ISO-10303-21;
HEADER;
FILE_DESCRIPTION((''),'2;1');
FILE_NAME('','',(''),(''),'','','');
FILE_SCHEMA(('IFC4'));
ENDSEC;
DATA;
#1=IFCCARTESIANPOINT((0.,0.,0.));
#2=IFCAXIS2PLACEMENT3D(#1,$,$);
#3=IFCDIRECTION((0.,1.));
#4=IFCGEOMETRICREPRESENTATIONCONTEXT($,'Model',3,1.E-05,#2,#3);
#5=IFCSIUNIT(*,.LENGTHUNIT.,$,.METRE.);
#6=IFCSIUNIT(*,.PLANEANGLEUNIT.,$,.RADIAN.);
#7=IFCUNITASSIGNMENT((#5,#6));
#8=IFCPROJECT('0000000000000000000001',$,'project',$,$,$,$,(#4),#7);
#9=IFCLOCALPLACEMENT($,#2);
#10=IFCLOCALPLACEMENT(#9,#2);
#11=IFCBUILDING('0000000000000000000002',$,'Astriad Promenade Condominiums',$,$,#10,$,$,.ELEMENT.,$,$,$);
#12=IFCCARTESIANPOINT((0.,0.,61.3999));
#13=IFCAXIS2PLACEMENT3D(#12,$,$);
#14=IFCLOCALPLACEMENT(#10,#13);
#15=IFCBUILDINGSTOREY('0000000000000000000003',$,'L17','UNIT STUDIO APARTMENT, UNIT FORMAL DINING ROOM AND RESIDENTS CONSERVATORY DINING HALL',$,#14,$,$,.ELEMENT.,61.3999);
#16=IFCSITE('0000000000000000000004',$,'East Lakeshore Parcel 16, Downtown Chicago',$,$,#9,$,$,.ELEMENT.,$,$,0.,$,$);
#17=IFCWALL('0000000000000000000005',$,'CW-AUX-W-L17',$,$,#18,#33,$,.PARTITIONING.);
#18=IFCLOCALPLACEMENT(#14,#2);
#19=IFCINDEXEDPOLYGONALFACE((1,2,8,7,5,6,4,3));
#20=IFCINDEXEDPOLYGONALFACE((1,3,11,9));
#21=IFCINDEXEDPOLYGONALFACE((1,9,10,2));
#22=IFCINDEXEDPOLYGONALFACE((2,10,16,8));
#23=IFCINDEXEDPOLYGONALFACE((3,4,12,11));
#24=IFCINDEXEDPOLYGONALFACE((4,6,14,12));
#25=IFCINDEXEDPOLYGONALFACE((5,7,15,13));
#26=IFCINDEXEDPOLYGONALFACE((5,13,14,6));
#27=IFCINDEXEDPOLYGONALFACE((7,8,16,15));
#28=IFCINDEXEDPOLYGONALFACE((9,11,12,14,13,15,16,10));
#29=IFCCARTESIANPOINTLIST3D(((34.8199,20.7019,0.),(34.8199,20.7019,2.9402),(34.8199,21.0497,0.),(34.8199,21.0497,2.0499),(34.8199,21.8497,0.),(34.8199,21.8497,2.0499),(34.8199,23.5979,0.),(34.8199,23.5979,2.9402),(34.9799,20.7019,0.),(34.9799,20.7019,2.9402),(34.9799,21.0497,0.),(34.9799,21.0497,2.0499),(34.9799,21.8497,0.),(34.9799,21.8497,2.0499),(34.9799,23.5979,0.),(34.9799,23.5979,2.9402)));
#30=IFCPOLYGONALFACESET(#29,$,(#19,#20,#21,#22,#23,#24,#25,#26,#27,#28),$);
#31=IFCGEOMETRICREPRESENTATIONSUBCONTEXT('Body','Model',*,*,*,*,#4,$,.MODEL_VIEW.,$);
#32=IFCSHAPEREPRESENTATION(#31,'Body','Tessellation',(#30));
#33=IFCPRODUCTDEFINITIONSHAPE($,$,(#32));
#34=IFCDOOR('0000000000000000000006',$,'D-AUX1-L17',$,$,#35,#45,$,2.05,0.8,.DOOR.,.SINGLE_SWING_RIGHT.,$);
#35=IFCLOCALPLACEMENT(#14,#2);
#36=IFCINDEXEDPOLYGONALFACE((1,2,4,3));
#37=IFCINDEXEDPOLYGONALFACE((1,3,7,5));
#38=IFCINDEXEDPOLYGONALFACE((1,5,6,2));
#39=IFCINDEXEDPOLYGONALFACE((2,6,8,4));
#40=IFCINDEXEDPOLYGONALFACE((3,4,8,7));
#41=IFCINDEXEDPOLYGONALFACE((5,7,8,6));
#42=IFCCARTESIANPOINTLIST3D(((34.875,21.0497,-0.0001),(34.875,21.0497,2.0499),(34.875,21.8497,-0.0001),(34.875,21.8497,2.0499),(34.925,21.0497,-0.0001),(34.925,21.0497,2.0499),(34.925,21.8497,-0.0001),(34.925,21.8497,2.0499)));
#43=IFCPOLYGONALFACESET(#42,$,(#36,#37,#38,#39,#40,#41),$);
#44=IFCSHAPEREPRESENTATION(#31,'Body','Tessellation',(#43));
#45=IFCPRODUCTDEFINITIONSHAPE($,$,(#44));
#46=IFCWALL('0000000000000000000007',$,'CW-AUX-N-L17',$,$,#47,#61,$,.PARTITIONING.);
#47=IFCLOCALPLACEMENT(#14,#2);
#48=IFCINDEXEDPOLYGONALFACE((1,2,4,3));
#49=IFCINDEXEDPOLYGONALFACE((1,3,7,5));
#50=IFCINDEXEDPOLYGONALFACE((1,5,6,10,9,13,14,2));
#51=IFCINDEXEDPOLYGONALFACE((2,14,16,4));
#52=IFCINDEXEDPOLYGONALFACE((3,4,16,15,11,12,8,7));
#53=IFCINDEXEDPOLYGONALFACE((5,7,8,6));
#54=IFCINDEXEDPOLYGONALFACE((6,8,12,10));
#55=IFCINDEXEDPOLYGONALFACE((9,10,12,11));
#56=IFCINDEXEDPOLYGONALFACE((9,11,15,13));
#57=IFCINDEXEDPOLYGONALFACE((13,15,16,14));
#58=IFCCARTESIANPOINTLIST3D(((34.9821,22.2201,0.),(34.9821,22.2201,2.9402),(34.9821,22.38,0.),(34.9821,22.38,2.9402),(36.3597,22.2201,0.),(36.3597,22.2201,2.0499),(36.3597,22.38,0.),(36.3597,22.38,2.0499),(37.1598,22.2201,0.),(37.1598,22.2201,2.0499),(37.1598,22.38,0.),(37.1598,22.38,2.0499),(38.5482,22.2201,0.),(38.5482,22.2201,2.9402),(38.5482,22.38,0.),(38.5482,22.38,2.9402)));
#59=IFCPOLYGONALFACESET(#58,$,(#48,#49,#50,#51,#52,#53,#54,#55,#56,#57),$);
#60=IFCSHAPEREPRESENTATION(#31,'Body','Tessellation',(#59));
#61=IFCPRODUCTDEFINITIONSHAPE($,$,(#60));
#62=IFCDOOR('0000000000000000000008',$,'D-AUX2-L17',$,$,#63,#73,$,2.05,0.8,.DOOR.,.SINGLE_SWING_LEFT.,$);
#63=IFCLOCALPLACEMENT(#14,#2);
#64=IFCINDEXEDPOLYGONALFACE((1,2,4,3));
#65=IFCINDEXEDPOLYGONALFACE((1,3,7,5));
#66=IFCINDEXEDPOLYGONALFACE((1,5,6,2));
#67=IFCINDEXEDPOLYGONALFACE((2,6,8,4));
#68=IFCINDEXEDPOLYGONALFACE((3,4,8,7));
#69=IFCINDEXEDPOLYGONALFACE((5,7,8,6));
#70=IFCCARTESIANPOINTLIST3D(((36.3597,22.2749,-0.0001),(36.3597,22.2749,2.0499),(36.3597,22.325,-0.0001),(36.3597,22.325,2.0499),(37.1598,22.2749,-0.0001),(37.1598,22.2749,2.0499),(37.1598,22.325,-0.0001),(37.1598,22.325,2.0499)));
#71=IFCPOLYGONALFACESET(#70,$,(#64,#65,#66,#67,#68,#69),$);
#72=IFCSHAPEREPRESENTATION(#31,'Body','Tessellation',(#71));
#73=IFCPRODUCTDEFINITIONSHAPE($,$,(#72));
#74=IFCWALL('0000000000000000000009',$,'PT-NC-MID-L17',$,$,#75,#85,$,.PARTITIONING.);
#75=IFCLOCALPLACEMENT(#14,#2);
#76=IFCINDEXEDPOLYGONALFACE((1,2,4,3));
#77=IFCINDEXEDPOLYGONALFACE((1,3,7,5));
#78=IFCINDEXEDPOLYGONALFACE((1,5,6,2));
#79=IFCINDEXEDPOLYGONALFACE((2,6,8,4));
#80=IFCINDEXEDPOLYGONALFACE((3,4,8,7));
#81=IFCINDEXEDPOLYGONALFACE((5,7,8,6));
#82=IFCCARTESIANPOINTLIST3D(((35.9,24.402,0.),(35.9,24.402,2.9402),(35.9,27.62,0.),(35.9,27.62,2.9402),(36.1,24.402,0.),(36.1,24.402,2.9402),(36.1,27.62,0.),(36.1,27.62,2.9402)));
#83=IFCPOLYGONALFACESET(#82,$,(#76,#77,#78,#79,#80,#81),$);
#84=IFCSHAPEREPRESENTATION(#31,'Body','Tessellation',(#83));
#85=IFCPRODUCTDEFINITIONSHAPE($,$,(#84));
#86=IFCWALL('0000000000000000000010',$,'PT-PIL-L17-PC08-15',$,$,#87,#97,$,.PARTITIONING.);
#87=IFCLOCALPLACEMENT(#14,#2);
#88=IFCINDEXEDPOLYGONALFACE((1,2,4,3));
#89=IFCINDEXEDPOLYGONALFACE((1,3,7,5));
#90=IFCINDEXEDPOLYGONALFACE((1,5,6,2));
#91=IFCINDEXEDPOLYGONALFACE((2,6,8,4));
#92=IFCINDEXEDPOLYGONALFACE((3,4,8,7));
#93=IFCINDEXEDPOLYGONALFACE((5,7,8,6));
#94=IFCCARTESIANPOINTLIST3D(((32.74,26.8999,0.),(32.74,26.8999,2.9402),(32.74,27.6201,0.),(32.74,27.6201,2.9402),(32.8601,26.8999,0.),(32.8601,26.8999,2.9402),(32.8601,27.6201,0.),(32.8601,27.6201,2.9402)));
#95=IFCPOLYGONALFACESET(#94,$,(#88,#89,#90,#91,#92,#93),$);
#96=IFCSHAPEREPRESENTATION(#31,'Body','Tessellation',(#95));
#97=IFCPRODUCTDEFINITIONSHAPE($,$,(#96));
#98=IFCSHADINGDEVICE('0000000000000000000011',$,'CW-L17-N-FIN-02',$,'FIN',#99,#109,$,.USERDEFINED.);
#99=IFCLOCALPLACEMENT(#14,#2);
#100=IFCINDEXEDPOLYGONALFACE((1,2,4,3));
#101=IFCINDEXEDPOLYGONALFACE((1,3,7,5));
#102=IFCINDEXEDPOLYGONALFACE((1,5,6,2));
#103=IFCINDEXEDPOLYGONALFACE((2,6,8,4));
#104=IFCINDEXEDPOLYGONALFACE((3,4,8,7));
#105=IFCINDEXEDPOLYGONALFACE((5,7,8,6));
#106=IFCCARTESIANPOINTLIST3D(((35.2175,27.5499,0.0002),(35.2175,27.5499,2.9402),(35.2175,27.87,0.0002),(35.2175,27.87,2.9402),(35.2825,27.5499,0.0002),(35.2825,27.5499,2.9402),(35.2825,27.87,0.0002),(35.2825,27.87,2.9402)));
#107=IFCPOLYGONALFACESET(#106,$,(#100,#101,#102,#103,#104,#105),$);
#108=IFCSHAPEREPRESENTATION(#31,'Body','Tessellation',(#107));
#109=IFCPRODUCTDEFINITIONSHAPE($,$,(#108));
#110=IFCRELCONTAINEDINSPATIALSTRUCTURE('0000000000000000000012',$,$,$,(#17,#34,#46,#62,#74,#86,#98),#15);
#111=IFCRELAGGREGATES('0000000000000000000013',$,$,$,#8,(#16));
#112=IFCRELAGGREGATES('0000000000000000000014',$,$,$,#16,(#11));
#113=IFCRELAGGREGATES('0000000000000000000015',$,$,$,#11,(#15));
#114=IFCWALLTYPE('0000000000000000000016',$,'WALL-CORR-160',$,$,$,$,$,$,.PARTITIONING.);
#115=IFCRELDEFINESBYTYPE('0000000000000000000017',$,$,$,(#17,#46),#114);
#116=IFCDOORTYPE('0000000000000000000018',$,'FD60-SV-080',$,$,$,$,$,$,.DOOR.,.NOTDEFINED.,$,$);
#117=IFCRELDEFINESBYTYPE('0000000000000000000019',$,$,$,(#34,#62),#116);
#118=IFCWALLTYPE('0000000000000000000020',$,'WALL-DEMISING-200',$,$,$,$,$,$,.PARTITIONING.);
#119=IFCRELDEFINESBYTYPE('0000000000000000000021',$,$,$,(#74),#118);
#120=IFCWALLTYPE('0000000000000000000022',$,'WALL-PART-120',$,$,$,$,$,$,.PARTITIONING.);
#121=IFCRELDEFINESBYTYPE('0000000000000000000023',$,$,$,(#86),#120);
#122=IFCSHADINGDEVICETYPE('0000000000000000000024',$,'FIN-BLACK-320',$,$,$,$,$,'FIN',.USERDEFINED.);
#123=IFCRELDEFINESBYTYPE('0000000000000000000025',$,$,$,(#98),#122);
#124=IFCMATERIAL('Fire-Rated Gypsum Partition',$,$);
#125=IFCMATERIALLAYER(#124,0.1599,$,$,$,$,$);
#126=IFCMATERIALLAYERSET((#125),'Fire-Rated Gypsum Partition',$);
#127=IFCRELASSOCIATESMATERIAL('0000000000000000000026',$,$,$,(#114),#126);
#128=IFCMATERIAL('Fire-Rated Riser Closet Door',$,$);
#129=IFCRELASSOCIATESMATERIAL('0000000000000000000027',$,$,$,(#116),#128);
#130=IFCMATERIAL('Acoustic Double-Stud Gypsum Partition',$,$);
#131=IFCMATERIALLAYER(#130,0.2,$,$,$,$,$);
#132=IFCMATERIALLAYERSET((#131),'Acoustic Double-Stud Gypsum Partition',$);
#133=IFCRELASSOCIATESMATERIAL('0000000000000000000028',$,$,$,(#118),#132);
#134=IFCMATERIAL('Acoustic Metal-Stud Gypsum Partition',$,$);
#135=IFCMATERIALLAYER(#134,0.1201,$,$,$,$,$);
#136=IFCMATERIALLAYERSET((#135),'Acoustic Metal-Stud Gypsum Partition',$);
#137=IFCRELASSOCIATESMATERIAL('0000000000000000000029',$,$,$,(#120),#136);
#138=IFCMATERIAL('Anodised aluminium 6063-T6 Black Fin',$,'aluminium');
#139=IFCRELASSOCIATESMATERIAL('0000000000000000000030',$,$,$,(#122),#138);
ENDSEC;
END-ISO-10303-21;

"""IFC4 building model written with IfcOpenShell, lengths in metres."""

from ifc_helpers import new_model, si_unit, direction, frame, frame_2d, origin, origin_2d, place, context, subcontext, project, spatial, rectangle, extrude, source, transform, mapped, material, layer, layer_set, type_object, type_shapes, element, fill, save


model = new_model("IFC4")

# Units and contexts
model_context = context("Model", 3, precision=1e-05, world=origin(), true_north=direction((0.0, 1.0)))
body_context = subcontext(model_context, "Body", "Model", "MODEL_VIEW")
ifc_project = project(units=[si_unit("LENGTHUNIT", "METRE"), si_unit("PLANEANGLEUNIT", "RADIAN")], contexts=[model_context])

# Site, building, storey
site_placement = place(None, origin())
site = spatial("IfcSite", under=ifc_project, at=site_placement, Name="East Lakeshore Parcel 16, Downtown Chicago", CompositionType="ELEMENT", RefElevation=0.0)
building_placement = place(site_placement, origin())
building = spatial("IfcBuilding", under=site, at=building_placement, Name="Astriad Promenade Condominiums", CompositionType="ELEMENT")
storey_placement = place(building_placement, frame((0.0, 0.0, 61.3999)))
storey = spatial("IfcBuildingStorey", under=building, at=storey_placement, Name="L17", Description="UNIT STUDIO APARTMENT, UNIT FORMAL DINING ROOM AND RESIDENTS CONSERVATORY DINING HALL", CompositionType="ELEMENT", Elevation=61.3999)

# Shared definitions
ifc_material_1 = material(Name="Fire-Rated Gypsum Partition")
ifc_layer_1 = layer(ifc_material_1, 0.1599)
ifc_layer_set_1 = layer_set([ifc_layer_1], Name="Fire-Rated Gypsum Partition")
wall_type_1 = type_object("IfcWallType", Name="WALL-CORR-160", PredefinedType="PARTITIONING", material=ifc_layer_set_1)

# Walls, openings, doors
wall_1_placement = place(storey_placement, frame((34.8999, 20.7019, 0.0), z_axis=(0.0, 0.0, 1.0), x_axis=(0.0, 1.0, 0.0)))
wall_1 = element("IfcWall", 1, at=wall_1_placement, inside=storey, type_object=wall_type_1, Name="CW-AUX-W-L17", PredefinedType="PARTITIONING", context=body_context, shape_type="SweptSolid", body=[
    extrude(rectangle(XDim=2.896, YDim=0.1599, at=frame_2d((1.448, 0.0))), origin(), (0.0, 0.0, 1.0), 2.9402),
])
opening_1_placement = place(wall_1_placement, frame((0.3479, 0.0, 0.0)))
opening_1 = element("IfcOpeningElement", 2, at=opening_1_placement, cuts=wall_1, PredefinedType="OPENING", context=body_context, shape_type="SweptSolid", body=[
    extrude(rectangle(XDim=0.8, YDim=2.05, at=frame_2d((0.3999, 1.0249))), frame((0.0, 0.0898, 0.0), z_axis=(0.0, -1.0, 0.0), x_axis=(1.0, 0.0, 0.0)), (0.0, 0.0, 1.0), 0.1799),
])
ifc_material_2 = material(Name="Fire-Rated Riser Closet Door")
door_type_1 = type_object("IfcDoorType", Name="FD60-SV-080", OperationType="NOTDEFINED", PredefinedType="DOOR", material=ifc_material_2)
shared_shape_1 = source(origin(), body_context, "Body", "SweptSolid", [
    extrude(rectangle(XDim=0.8, YDim=2.05, at=frame_2d((0.3999, 1.0249))), frame((0.0, 0.0249, 0.0), z_axis=(0.0, -1.0, 0.0), x_axis=(1.0, 0.0, 0.0)), (0.0, 0.0, 1.0), 0.05),
])
type_shapes(door_type_1, [shared_shape_1])
door_1_placement = place(opening_1_placement, origin())
door_1 = element("IfcDoor", 3, at=door_1_placement, inside=storey, type_object=door_type_1, Name="D-AUX1-L17", OperationType="SINGLE_SWING_RIGHT", OverallHeight=2.05, OverallWidth=0.8, PredefinedType="DOOR", context=body_context, shape_type="MappedRepresentation", body=[
    mapped(shared_shape_1, transform((0.0, 0.0, 0.0), scale=1.0)),
])
fill(opening_1, door_1)
wall_2_placement = place(storey_placement, frame((34.9819, 22.3, 0.0), z_axis=(0.0, 0.0, 1.0), x_axis=(1.0, 0.0, 0.0)))
wall_2 = element("IfcWall", 4, at=wall_2_placement, inside=storey, type_object=wall_type_1, Name="CW-AUX-N-L17", PredefinedType="PARTITIONING", context=body_context, shape_type="SweptSolid", body=[
    extrude(rectangle(XDim=3.5662, YDim=0.1599, at=frame_2d((1.7832, 0.0))), origin(), (0.0, 0.0, 1.0), 2.9402),
])
opening_2_placement = place(wall_2_placement, frame((1.3779, 0.0, 0.0)))
opening_2 = element("IfcOpeningElement", 5, at=opening_2_placement, cuts=wall_2, PredefinedType="OPENING", context=body_context, shape_type="SweptSolid", body=[
    extrude(rectangle(XDim=0.8, YDim=2.05, at=frame_2d((0.3999, 1.0249))), frame((0.0, 0.0898, 0.0), z_axis=(0.0, -1.0, 0.0), x_axis=(1.0, 0.0, 0.0)), (0.0, 0.0, 1.0), 0.1799),
])
door_2_placement = place(opening_2_placement, origin())
door_2 = element("IfcDoor", 6, at=door_2_placement, inside=storey, type_object=door_type_1, Name="D-AUX2-L17", OperationType="SINGLE_SWING_LEFT", OverallHeight=2.05, OverallWidth=0.8, PredefinedType="DOOR", context=body_context, shape_type="MappedRepresentation", body=[
    mapped(shared_shape_1, transform((0.0, 0.0, 0.0), scale=1.0)),
])
fill(opening_2, door_2)

# Walls
ifc_material_3 = material(Name="Acoustic Double-Stud Gypsum Partition")
ifc_layer_2 = layer(ifc_material_3, 0.2)
ifc_layer_set_2 = layer_set([ifc_layer_2], Name="Acoustic Double-Stud Gypsum Partition")
wall_type_2 = type_object("IfcWallType", Name="WALL-DEMISING-200", PredefinedType="PARTITIONING", material=ifc_layer_set_2)
wall_3_placement = place(storey_placement, frame((36.0, 24.4021, 0.0), z_axis=(0.0, 0.0, 1.0), x_axis=(0.0, 1.0, 0.0)))
element("IfcWall", 7, at=wall_3_placement, inside=storey, type_object=wall_type_2, Name="PT-NC-MID-L17", PredefinedType="PARTITIONING", context=body_context, shape_type="SweptSolid", body=[
    extrude(rectangle(XDim=3.218, YDim=0.2, at=frame_2d((1.6089, 0.0))), origin(), (0.0, 0.0, 1.0), 2.9402),
])
ifc_material_4 = material(Name="Acoustic Metal-Stud Gypsum Partition")
ifc_layer_3 = layer(ifc_material_4, 0.1201)
ifc_layer_set_3 = layer_set([ifc_layer_3], Name="Acoustic Metal-Stud Gypsum Partition")
wall_type_3 = type_object("IfcWallType", Name="WALL-PART-120", PredefinedType="PARTITIONING", material=ifc_layer_set_3)
wall_4_placement = place(storey_placement, frame((32.8, 26.8999, 0.0), z_axis=(0.0, 0.0, 1.0), x_axis=(0.0, 1.0, 0.0)))
element("IfcWall", 8, at=wall_4_placement, inside=storey, type_object=wall_type_3, Name="PT-PIL-L17-PC08-15", PredefinedType="PARTITIONING", context=body_context, shape_type="SweptSolid", body=[
    extrude(rectangle(XDim=0.7202, YDim=0.1201, at=frame_2d((0.3601, 0.0))), origin(), (0.0, 0.0, 1.0), 2.9402),
])

# Shading device
ifc_material_5 = material(Name="Anodised aluminium 6063-T6 Black Fin", Category="aluminium")
shading_device_type = type_object("IfcShadingDeviceType", Name="FIN-BLACK-320", ElementType="FIN", PredefinedType="USERDEFINED", material=ifc_material_5)
shared_shape_2 = source(origin(), body_context, "Body", "SweptSolid", [
    extrude(rectangle(XDim=0.0649, YDim=0.3201, at=origin_2d()), origin(), (0.0, 0.0, 1.0), 2.9399),
])
type_shapes(shading_device_type, [shared_shape_2])
shading_device_placement = place(storey_placement, frame((35.25, 27.71, 0.0002), z_axis=(0.0, 0.0, 1.0), x_axis=(1.0, 0.0, 0.0)))
element("IfcShadingDevice", 9, at=shading_device_placement, inside=storey, type_object=shading_device_type, Name="CW-L17-N-FIN-02", ObjectType="FIN", PredefinedType="USERDEFINED", context=body_context, shape_type="MappedRepresentation", body=[
    mapped(shared_shape_2, transform((0.0, 0.0, 0.0), scale=1.0)),
])

save(model, "model.ifc")
